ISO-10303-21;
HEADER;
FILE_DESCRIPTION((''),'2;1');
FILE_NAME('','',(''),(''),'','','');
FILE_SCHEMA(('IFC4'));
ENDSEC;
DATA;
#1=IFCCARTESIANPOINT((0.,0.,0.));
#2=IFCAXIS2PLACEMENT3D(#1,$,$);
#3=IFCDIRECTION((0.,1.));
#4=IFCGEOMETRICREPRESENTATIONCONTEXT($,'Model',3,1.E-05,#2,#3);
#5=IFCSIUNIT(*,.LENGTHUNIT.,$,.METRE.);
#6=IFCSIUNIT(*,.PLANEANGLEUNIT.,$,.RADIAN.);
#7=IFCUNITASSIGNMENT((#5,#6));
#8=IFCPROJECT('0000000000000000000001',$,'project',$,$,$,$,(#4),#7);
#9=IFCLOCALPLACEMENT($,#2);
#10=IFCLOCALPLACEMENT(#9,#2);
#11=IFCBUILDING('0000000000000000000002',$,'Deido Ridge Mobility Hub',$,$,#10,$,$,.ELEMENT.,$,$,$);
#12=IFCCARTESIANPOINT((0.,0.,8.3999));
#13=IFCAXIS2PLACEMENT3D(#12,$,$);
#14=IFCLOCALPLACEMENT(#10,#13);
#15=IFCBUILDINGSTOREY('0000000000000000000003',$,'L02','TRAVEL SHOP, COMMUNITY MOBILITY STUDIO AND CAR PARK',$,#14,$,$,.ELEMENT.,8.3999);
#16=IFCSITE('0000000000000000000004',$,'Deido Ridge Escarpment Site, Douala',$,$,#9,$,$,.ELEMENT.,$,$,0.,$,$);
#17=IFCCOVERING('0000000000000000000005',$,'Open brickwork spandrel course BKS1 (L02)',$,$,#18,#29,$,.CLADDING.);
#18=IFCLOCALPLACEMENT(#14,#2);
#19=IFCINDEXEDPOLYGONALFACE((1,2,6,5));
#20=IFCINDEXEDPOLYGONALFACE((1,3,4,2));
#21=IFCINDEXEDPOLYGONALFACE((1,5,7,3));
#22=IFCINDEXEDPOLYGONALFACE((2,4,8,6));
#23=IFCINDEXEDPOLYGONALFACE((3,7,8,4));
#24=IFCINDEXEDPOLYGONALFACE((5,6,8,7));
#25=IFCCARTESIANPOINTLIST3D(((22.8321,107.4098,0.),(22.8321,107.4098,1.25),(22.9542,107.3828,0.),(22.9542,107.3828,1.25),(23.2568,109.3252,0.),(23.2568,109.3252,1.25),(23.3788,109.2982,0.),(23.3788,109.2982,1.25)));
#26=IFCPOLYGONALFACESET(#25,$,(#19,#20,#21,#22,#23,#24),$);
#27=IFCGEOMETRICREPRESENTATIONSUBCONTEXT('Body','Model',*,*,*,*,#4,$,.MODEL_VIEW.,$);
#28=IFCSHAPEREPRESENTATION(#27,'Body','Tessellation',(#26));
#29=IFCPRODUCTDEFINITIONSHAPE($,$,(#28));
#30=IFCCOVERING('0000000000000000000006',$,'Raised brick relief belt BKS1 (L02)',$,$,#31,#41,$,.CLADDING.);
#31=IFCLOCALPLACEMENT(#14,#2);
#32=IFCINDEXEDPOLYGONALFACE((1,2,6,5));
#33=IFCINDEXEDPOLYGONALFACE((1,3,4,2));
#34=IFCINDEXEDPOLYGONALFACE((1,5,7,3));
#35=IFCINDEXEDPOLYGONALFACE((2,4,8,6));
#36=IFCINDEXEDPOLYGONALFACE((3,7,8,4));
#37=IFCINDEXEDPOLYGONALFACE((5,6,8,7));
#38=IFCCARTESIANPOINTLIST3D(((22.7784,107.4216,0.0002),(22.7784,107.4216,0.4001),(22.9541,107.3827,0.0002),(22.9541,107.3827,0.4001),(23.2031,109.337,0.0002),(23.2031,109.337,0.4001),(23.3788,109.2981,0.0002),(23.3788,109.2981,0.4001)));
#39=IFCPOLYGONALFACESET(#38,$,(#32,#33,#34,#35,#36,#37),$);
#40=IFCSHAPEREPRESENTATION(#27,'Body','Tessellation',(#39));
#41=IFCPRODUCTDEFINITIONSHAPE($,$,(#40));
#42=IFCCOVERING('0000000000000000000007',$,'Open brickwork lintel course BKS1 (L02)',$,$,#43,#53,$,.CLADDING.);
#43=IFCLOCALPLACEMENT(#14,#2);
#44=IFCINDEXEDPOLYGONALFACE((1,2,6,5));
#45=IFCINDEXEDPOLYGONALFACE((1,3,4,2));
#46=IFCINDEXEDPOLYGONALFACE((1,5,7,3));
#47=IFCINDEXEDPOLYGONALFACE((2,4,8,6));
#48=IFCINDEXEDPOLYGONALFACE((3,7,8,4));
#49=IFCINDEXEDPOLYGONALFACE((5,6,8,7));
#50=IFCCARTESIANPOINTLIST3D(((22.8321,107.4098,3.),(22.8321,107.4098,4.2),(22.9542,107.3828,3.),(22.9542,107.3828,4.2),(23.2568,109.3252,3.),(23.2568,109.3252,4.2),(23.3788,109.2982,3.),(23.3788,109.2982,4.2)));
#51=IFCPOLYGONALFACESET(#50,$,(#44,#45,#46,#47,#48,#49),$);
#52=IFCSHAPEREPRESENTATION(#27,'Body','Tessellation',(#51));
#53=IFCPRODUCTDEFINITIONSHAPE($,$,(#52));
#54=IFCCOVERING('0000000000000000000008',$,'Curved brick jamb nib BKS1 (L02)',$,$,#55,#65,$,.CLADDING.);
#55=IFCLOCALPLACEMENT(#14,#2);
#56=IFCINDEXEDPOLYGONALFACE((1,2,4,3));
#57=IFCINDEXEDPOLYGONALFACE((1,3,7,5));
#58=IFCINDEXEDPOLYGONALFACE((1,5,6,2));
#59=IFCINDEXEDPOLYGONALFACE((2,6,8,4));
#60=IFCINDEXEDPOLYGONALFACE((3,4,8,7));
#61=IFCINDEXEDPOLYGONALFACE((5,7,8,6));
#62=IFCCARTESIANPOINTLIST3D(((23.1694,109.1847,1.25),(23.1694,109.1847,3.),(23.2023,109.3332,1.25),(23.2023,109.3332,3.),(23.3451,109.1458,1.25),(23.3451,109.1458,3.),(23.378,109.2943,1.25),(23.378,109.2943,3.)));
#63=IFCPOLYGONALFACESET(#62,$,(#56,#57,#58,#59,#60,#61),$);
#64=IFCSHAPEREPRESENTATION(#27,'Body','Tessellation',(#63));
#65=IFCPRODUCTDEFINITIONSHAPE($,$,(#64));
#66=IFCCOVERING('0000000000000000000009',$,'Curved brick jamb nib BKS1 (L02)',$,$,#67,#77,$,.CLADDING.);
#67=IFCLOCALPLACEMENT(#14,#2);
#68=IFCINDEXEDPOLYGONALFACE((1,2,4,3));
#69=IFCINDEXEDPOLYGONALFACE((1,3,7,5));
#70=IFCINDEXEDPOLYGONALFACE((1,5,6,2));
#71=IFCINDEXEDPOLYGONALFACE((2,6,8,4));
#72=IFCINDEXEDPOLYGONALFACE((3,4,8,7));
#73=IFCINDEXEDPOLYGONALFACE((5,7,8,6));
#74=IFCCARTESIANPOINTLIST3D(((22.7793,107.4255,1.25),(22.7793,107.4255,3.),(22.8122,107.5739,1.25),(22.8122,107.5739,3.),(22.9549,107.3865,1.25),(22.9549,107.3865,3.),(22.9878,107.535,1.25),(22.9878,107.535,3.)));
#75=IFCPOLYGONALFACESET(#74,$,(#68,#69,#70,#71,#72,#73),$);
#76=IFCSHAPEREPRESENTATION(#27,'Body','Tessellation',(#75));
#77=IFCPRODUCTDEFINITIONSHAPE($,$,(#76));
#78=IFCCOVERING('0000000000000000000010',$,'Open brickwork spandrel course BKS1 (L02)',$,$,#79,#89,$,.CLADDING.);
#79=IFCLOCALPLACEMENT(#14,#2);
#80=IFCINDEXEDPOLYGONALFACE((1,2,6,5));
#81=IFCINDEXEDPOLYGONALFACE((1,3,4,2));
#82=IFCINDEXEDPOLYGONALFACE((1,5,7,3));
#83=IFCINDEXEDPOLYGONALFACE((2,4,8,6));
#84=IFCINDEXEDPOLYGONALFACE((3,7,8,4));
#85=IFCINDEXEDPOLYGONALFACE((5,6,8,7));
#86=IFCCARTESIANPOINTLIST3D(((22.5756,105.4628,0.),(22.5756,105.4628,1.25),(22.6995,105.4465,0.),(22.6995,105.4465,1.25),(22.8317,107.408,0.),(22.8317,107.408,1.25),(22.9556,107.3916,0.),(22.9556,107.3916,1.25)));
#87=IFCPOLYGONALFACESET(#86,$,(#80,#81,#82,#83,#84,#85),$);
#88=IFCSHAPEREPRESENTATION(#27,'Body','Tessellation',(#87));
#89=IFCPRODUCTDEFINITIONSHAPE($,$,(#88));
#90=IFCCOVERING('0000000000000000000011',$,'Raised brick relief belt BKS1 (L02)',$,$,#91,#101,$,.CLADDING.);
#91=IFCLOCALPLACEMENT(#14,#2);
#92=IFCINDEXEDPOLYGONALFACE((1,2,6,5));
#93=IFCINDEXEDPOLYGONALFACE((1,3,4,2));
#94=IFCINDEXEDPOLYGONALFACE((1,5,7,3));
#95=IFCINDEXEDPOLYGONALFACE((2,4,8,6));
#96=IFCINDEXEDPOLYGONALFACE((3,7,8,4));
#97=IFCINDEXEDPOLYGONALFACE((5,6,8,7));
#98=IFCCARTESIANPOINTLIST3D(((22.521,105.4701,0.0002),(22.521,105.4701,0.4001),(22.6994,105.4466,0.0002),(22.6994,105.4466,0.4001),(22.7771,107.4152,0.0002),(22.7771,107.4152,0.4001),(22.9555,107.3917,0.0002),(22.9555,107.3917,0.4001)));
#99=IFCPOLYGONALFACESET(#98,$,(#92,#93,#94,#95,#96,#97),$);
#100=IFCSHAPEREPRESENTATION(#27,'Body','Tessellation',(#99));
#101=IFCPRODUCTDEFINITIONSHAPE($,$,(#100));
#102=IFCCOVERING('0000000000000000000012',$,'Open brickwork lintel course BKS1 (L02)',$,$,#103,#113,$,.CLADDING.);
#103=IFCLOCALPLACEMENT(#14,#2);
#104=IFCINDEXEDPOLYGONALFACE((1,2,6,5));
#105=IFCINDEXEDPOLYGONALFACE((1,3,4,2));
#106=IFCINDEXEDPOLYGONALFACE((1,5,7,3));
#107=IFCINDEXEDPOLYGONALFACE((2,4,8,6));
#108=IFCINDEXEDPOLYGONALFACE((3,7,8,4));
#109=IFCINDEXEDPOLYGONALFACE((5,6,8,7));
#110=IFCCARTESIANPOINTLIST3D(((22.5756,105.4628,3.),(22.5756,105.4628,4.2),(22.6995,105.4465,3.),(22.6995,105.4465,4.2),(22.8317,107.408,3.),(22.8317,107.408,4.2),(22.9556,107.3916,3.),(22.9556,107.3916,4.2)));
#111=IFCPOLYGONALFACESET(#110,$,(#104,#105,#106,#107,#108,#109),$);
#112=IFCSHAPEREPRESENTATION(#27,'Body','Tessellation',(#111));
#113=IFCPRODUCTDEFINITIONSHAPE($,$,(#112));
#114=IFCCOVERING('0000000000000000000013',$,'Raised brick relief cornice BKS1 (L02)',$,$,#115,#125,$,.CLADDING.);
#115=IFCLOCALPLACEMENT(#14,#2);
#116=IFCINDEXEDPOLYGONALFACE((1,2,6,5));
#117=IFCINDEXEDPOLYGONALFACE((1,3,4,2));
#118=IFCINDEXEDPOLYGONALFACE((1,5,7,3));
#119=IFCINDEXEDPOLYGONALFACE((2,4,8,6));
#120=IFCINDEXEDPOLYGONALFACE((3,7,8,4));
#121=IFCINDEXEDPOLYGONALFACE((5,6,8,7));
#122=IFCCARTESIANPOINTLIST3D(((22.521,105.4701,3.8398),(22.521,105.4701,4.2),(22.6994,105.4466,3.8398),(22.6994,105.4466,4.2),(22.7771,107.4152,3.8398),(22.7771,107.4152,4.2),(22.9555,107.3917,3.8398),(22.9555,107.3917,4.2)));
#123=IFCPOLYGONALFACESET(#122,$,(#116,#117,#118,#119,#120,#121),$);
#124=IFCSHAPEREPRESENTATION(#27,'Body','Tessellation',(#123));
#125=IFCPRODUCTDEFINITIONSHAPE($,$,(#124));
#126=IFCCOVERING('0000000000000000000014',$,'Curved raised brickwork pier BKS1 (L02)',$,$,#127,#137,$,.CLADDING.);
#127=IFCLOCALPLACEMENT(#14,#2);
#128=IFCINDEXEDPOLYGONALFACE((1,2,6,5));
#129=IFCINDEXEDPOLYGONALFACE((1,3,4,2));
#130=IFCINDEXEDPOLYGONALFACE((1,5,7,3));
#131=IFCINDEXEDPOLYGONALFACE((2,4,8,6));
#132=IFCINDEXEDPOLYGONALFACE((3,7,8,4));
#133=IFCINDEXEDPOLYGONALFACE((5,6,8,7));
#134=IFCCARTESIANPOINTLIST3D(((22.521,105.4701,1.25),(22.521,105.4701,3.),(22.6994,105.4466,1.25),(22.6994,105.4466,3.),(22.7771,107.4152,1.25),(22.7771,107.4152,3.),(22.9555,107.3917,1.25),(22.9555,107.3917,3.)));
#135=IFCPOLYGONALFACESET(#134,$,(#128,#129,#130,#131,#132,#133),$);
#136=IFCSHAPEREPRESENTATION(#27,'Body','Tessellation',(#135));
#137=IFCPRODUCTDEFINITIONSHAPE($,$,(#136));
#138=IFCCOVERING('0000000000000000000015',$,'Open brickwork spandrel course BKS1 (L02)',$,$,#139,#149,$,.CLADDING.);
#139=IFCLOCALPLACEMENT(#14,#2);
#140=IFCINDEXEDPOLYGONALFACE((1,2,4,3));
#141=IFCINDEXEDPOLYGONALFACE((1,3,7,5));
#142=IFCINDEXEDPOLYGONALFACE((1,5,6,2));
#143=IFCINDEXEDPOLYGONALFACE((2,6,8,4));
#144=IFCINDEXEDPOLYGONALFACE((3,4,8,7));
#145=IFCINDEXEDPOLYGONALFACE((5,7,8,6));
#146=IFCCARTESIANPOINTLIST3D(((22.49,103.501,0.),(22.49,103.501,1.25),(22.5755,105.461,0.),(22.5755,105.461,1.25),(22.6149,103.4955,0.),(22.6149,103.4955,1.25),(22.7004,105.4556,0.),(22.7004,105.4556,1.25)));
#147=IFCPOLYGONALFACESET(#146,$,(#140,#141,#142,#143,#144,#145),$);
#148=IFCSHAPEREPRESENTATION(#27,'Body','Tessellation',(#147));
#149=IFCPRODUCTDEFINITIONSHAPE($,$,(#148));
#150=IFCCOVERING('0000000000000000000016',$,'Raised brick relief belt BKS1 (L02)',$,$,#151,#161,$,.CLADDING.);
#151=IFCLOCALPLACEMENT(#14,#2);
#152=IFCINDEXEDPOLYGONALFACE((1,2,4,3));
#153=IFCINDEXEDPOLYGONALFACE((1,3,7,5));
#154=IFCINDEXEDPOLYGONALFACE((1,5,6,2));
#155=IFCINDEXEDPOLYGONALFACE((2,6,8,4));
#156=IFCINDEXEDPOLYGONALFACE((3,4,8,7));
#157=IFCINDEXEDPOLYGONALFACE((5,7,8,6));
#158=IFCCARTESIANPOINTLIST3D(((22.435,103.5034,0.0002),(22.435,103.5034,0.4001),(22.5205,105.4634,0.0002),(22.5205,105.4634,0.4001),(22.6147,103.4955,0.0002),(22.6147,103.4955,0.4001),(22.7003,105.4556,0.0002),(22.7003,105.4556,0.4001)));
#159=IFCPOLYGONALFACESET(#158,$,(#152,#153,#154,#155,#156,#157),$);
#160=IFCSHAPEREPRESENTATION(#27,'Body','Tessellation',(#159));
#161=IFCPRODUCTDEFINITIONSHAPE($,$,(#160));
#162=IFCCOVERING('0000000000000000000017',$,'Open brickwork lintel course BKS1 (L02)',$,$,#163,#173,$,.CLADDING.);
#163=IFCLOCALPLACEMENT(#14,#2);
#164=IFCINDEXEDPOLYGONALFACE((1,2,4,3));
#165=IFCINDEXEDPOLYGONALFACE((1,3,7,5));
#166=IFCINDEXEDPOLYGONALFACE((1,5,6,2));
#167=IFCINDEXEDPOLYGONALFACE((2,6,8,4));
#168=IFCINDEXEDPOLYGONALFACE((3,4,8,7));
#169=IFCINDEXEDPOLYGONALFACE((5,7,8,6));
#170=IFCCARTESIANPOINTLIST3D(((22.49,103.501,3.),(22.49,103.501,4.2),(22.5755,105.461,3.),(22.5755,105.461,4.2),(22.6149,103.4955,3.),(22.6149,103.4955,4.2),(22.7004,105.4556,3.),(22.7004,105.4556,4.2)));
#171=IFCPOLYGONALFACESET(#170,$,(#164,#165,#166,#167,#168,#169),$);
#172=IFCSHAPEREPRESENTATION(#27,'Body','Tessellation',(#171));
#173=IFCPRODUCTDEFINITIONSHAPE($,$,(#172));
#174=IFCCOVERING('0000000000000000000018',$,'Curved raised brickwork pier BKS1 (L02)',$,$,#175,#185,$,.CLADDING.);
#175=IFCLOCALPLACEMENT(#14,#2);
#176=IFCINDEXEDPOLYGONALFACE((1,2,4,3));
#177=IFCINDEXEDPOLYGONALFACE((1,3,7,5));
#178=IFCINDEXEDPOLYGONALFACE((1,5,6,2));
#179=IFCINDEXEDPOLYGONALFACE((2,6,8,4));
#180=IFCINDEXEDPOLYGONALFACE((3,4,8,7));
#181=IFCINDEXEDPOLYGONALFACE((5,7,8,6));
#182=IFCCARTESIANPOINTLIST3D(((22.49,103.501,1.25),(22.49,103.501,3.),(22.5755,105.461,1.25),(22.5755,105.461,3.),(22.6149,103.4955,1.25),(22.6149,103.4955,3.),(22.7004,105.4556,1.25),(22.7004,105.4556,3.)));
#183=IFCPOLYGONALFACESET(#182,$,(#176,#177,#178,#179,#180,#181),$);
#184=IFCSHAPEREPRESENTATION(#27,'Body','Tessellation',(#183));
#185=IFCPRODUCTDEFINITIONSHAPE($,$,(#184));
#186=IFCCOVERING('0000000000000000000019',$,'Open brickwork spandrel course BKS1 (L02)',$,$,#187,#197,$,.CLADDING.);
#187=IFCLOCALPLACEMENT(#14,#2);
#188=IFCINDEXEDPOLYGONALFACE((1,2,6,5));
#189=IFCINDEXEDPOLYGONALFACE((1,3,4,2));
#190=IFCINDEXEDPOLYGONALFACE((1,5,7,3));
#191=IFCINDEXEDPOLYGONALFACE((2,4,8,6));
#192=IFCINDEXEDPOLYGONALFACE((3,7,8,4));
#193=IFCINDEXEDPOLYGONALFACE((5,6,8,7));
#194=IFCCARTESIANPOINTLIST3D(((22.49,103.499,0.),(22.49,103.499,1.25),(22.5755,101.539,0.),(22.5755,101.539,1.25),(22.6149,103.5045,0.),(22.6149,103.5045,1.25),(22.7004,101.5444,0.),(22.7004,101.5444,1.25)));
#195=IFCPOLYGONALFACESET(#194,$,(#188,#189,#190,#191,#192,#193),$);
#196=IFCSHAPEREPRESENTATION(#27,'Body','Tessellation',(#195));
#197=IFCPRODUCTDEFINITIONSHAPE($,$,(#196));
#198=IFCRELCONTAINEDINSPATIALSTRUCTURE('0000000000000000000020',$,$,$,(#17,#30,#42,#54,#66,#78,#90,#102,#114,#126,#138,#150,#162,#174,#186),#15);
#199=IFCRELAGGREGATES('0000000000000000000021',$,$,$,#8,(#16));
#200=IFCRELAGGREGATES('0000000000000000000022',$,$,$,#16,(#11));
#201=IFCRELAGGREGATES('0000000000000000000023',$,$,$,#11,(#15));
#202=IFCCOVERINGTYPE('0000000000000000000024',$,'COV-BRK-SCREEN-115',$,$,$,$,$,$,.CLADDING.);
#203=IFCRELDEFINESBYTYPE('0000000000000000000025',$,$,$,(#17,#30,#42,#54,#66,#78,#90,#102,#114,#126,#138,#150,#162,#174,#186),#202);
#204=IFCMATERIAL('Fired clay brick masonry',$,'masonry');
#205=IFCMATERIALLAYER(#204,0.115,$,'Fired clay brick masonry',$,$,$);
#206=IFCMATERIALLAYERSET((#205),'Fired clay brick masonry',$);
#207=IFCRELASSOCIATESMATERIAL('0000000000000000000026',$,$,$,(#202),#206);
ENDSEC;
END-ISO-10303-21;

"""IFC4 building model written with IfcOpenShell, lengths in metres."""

from ifc_helpers import new_model, si_unit, direction, frame, origin, origin_2d, place, context, subcontext, project, spatial, rectangle, extrude, material, layer, layer_set, type_object, element, save


model = new_model("IFC4")

# Units and contexts
model_context = context("Model", 3, precision=1e-05, world=origin(), true_north=direction((0.0, 1.0)))
body_context = subcontext(model_context, "Body", "Model", "MODEL_VIEW")
ifc_project = project(units=[si_unit("LENGTHUNIT", "METRE"), si_unit("PLANEANGLEUNIT", "RADIAN")], contexts=[model_context])

# Site, building, storey
site_placement = place(None, origin())
site = spatial("IfcSite", under=ifc_project, at=site_placement, Name="Deido Ridge Escarpment Site, Douala", CompositionType="ELEMENT", RefElevation=0.0)
building_placement = place(site_placement, origin())
building = spatial("IfcBuilding", under=site, at=building_placement, Name="Deido Ridge Mobility Hub", CompositionType="ELEMENT")
storey_placement = place(building_placement, frame((0.0, 0.0, 8.3999)))
storey = spatial("IfcBuildingStorey", under=building, at=storey_placement, Name="L02", Description="TRAVEL SHOP, COMMUNITY MOBILITY STUDIO AND CAR PARK", CompositionType="ELEMENT", Elevation=8.3999)

# Coverings
ifc_material_1 = material(Name="Fired clay brick masonry", Category="masonry")
ifc_layer = layer(ifc_material_1, 0.115, Name="Fired clay brick masonry")
ifc_layer_set = layer_set([ifc_layer], Name="Fired clay brick masonry")
covering_type = type_object("IfcCoveringType", Name="COV-BRK-SCREEN-115", PredefinedType="CLADDING", material=ifc_layer_set)
covering_1_placement = place(storey_placement, frame((23.1055, 108.354, 0.0), z_axis=(0.0, 0.0, 1.0), x_axis=(-0.216457, -0.976292, 0.0)))
element("IfcCovering", 1, at=covering_1_placement, inside=storey, type_object=covering_type, Name="Open brickwork spandrel course BKS1 (L02)", PredefinedType="CLADDING", context=body_context, shape_type="SweptSolid", body=[
    extrude(rectangle(XDim=1.9619, YDim=0.125, at=origin_2d()), origin(), (0.0, 0.0, 1.0), 1.25),
])
covering_2_placement = place(storey_placement, frame((23.0786, 108.3599, 0.0002), z_axis=(0.0, 0.0, 1.0), x_axis=(-0.216457, -0.976292, 0.0)))
element("IfcCovering", 2, at=covering_2_placement, inside=storey, type_object=covering_type, Name="Raised brick relief belt BKS1 (L02)", PredefinedType="CLADDING", context=body_context, shape_type="SweptSolid", body=[
    extrude(rectangle(XDim=1.9619, YDim=0.1799, at=origin_2d()), origin(), (0.0, 0.0, 1.0), 0.3999),
])
covering_3_placement = place(storey_placement, frame((23.1055, 108.354, 3.0), z_axis=(0.0, 0.0, 1.0), x_axis=(-0.216457, -0.976292, 0.0)))
element("IfcCovering", 3, at=covering_3_placement, inside=storey, type_object=covering_type, Name="Open brickwork lintel course BKS1 (L02)", PredefinedType="CLADDING", context=body_context, shape_type="SweptSolid", body=[
    extrude(rectangle(XDim=1.9619, YDim=0.125, at=origin_2d()), origin(), (0.0, 0.0, 1.0), 1.2),
])
for number, where, z_axis, x_axis, name in (
    (4, (23.2737, 109.2395, 1.25), (0.0, 0.0, 1.0), (-0.216457, -0.976292, 0.0), "Curved brick jamb nib BKS1 (L02)"),
    (5, (22.8835, 107.4802, 1.25), (0.0, 0.0, 1.0), (-0.216457, -0.976292, 0.0), "Curved brick jamb nib BKS1 (L02)"),
):
    element("IfcCovering", number, at=place(storey_placement, frame(where, z_axis=z_axis, x_axis=x_axis)), inside=storey, type_object=covering_type, Name=name, PredefinedType="CLADDING", context=body_context, shape_type="SweptSolid", body=[
        extrude(rectangle(XDim=0.1521, YDim=0.1799, at=origin_2d()), origin(), (0.0, 0.0, 1.0), 1.75),
    ])
covering_4_placement = place(storey_placement, frame((22.7656, 106.4272, 0.0), z_axis=(0.0, 0.0, 1.0), x_axis=(-0.130543, -0.991443, 0.0)))
element("IfcCovering", 6, at=covering_4_placement, inside=storey, type_object=covering_type, Name="Open brickwork spandrel course BKS1 (L02)", PredefinedType="CLADDING", context=body_context, shape_type="SweptSolid", body=[
    extrude(rectangle(XDim=1.9619, YDim=0.125, at=origin_2d()), origin(), (0.0, 0.0, 1.0), 1.25),
])
covering_5_placement = place(storey_placement, frame((22.7383, 106.4309, 0.0002), z_axis=(0.0, 0.0, 1.0), x_axis=(-0.130543, -0.991443, 0.0)))
element("IfcCovering", 7, at=covering_5_placement, inside=storey, type_object=covering_type, Name="Raised brick relief belt BKS1 (L02)", PredefinedType="CLADDING", context=body_context, shape_type="SweptSolid", body=[
    extrude(rectangle(XDim=1.9619, YDim=0.1799, at=origin_2d()), origin(), (0.0, 0.0, 1.0), 0.3999),
])
covering_6_placement = place(storey_placement, frame((22.7656, 106.4272, 3.0), z_axis=(0.0, 0.0, 1.0), x_axis=(-0.130543, -0.991443, 0.0)))
element("IfcCovering", 8, at=covering_6_placement, inside=storey, type_object=covering_type, Name="Open brickwork lintel course BKS1 (L02)", PredefinedType="CLADDING", context=body_context, shape_type="SweptSolid", body=[
    extrude(rectangle(XDim=1.9619, YDim=0.125, at=origin_2d()), origin(), (0.0, 0.0, 1.0), 1.2),
])
covering_7_placement = place(storey_placement, frame((22.7383, 106.4309, 3.8398), z_axis=(0.0, 0.0, 1.0), x_axis=(-0.130543, -0.991443, 0.0)))
element("IfcCovering", 9, at=covering_7_placement, inside=storey, type_object=covering_type, Name="Raised brick relief cornice BKS1 (L02)", PredefinedType="CLADDING", context=body_context, shape_type="SweptSolid", body=[
    extrude(rectangle(XDim=1.9619, YDim=0.1799, at=origin_2d()), origin(), (0.0, 0.0, 1.0), 0.3601),
])
covering_8_placement = place(storey_placement, frame((22.7383, 106.4309, 1.25), z_axis=(0.0, 0.0, 1.0), x_axis=(-0.130543, -0.991443, 0.0)))
element("IfcCovering", 10, at=covering_8_placement, inside=storey, type_object=covering_type, Name="Curved raised brickwork pier BKS1 (L02)", PredefinedType="CLADDING", context=body_context, shape_type="SweptSolid", body=[
    extrude(rectangle(XDim=1.9619, YDim=0.1799, at=origin_2d()), origin(), (0.0, 0.0, 1.0), 1.75),
])
covering_9_placement = place(storey_placement, frame((22.5952, 104.4783, 0.0), z_axis=(0.0, 0.0, 1.0), x_axis=(-0.043602, -0.999049, 0.0)))
element("IfcCovering", 11, at=covering_9_placement, inside=storey, type_object=covering_type, Name="Open brickwork spandrel course BKS1 (L02)", PredefinedType="CLADDING", context=body_context, shape_type="SweptSolid", body=[
    extrude(rectangle(XDim=1.9619, YDim=0.125, at=origin_2d()), origin(), (0.0, 0.0, 1.0), 1.25),
])
covering_10_placement = place(storey_placement, frame((22.5676, 104.4795, 0.0002), z_axis=(0.0, 0.0, 1.0), x_axis=(-0.043602, -0.999049, 0.0)))
element("IfcCovering", 12, at=covering_10_placement, inside=storey, type_object=covering_type, Name="Raised brick relief belt BKS1 (L02)", PredefinedType="CLADDING", context=body_context, shape_type="SweptSolid", body=[
    extrude(rectangle(XDim=1.9619, YDim=0.1799, at=origin_2d()), origin(), (0.0, 0.0, 1.0), 0.3999),
])
covering_11_placement = place(storey_placement, frame((22.5952, 104.4783, 3.0), z_axis=(0.0, 0.0, 1.0), x_axis=(-0.043602, -0.999049, 0.0)))
element("IfcCovering", 13, at=covering_11_placement, inside=storey, type_object=covering_type, Name="Open brickwork lintel course BKS1 (L02)", PredefinedType="CLADDING", context=body_context, shape_type="SweptSolid", body=[
    extrude(rectangle(XDim=1.9619, YDim=0.125, at=origin_2d()), origin(), (0.0, 0.0, 1.0), 1.2),
])
covering_12_placement = place(storey_placement, frame((22.5952, 104.4783, 1.25), z_axis=(0.0, 0.0, 1.0), x_axis=(-0.043602, -0.999049, 0.0)))
element("IfcCovering", 14, at=covering_12_placement, inside=storey, type_object=covering_type, Name="Curved raised brickwork pier BKS1 (L02)", PredefinedType="CLADDING", context=body_context, shape_type="SweptSolid", body=[
    extrude(rectangle(XDim=1.9619, YDim=0.125, at=origin_2d()), origin(), (0.0, 0.0, 1.0), 1.75),
])
covering_13_placement = place(storey_placement, frame((22.5952, 102.5217, 0.0), z_axis=(0.0, 0.0, 1.0), x_axis=(0.043602, -0.999049, 0.0)))
element("IfcCovering", 15, at=covering_13_placement, inside=storey, type_object=covering_type, Name="Open brickwork spandrel course BKS1 (L02)", PredefinedType="CLADDING", context=body_context, shape_type="SweptSolid", body=[
    extrude(rectangle(XDim=1.9619, YDim=0.125, at=origin_2d()), origin(), (0.0, 0.0, 1.0), 1.25),
])

save(model, "model.ifc")
